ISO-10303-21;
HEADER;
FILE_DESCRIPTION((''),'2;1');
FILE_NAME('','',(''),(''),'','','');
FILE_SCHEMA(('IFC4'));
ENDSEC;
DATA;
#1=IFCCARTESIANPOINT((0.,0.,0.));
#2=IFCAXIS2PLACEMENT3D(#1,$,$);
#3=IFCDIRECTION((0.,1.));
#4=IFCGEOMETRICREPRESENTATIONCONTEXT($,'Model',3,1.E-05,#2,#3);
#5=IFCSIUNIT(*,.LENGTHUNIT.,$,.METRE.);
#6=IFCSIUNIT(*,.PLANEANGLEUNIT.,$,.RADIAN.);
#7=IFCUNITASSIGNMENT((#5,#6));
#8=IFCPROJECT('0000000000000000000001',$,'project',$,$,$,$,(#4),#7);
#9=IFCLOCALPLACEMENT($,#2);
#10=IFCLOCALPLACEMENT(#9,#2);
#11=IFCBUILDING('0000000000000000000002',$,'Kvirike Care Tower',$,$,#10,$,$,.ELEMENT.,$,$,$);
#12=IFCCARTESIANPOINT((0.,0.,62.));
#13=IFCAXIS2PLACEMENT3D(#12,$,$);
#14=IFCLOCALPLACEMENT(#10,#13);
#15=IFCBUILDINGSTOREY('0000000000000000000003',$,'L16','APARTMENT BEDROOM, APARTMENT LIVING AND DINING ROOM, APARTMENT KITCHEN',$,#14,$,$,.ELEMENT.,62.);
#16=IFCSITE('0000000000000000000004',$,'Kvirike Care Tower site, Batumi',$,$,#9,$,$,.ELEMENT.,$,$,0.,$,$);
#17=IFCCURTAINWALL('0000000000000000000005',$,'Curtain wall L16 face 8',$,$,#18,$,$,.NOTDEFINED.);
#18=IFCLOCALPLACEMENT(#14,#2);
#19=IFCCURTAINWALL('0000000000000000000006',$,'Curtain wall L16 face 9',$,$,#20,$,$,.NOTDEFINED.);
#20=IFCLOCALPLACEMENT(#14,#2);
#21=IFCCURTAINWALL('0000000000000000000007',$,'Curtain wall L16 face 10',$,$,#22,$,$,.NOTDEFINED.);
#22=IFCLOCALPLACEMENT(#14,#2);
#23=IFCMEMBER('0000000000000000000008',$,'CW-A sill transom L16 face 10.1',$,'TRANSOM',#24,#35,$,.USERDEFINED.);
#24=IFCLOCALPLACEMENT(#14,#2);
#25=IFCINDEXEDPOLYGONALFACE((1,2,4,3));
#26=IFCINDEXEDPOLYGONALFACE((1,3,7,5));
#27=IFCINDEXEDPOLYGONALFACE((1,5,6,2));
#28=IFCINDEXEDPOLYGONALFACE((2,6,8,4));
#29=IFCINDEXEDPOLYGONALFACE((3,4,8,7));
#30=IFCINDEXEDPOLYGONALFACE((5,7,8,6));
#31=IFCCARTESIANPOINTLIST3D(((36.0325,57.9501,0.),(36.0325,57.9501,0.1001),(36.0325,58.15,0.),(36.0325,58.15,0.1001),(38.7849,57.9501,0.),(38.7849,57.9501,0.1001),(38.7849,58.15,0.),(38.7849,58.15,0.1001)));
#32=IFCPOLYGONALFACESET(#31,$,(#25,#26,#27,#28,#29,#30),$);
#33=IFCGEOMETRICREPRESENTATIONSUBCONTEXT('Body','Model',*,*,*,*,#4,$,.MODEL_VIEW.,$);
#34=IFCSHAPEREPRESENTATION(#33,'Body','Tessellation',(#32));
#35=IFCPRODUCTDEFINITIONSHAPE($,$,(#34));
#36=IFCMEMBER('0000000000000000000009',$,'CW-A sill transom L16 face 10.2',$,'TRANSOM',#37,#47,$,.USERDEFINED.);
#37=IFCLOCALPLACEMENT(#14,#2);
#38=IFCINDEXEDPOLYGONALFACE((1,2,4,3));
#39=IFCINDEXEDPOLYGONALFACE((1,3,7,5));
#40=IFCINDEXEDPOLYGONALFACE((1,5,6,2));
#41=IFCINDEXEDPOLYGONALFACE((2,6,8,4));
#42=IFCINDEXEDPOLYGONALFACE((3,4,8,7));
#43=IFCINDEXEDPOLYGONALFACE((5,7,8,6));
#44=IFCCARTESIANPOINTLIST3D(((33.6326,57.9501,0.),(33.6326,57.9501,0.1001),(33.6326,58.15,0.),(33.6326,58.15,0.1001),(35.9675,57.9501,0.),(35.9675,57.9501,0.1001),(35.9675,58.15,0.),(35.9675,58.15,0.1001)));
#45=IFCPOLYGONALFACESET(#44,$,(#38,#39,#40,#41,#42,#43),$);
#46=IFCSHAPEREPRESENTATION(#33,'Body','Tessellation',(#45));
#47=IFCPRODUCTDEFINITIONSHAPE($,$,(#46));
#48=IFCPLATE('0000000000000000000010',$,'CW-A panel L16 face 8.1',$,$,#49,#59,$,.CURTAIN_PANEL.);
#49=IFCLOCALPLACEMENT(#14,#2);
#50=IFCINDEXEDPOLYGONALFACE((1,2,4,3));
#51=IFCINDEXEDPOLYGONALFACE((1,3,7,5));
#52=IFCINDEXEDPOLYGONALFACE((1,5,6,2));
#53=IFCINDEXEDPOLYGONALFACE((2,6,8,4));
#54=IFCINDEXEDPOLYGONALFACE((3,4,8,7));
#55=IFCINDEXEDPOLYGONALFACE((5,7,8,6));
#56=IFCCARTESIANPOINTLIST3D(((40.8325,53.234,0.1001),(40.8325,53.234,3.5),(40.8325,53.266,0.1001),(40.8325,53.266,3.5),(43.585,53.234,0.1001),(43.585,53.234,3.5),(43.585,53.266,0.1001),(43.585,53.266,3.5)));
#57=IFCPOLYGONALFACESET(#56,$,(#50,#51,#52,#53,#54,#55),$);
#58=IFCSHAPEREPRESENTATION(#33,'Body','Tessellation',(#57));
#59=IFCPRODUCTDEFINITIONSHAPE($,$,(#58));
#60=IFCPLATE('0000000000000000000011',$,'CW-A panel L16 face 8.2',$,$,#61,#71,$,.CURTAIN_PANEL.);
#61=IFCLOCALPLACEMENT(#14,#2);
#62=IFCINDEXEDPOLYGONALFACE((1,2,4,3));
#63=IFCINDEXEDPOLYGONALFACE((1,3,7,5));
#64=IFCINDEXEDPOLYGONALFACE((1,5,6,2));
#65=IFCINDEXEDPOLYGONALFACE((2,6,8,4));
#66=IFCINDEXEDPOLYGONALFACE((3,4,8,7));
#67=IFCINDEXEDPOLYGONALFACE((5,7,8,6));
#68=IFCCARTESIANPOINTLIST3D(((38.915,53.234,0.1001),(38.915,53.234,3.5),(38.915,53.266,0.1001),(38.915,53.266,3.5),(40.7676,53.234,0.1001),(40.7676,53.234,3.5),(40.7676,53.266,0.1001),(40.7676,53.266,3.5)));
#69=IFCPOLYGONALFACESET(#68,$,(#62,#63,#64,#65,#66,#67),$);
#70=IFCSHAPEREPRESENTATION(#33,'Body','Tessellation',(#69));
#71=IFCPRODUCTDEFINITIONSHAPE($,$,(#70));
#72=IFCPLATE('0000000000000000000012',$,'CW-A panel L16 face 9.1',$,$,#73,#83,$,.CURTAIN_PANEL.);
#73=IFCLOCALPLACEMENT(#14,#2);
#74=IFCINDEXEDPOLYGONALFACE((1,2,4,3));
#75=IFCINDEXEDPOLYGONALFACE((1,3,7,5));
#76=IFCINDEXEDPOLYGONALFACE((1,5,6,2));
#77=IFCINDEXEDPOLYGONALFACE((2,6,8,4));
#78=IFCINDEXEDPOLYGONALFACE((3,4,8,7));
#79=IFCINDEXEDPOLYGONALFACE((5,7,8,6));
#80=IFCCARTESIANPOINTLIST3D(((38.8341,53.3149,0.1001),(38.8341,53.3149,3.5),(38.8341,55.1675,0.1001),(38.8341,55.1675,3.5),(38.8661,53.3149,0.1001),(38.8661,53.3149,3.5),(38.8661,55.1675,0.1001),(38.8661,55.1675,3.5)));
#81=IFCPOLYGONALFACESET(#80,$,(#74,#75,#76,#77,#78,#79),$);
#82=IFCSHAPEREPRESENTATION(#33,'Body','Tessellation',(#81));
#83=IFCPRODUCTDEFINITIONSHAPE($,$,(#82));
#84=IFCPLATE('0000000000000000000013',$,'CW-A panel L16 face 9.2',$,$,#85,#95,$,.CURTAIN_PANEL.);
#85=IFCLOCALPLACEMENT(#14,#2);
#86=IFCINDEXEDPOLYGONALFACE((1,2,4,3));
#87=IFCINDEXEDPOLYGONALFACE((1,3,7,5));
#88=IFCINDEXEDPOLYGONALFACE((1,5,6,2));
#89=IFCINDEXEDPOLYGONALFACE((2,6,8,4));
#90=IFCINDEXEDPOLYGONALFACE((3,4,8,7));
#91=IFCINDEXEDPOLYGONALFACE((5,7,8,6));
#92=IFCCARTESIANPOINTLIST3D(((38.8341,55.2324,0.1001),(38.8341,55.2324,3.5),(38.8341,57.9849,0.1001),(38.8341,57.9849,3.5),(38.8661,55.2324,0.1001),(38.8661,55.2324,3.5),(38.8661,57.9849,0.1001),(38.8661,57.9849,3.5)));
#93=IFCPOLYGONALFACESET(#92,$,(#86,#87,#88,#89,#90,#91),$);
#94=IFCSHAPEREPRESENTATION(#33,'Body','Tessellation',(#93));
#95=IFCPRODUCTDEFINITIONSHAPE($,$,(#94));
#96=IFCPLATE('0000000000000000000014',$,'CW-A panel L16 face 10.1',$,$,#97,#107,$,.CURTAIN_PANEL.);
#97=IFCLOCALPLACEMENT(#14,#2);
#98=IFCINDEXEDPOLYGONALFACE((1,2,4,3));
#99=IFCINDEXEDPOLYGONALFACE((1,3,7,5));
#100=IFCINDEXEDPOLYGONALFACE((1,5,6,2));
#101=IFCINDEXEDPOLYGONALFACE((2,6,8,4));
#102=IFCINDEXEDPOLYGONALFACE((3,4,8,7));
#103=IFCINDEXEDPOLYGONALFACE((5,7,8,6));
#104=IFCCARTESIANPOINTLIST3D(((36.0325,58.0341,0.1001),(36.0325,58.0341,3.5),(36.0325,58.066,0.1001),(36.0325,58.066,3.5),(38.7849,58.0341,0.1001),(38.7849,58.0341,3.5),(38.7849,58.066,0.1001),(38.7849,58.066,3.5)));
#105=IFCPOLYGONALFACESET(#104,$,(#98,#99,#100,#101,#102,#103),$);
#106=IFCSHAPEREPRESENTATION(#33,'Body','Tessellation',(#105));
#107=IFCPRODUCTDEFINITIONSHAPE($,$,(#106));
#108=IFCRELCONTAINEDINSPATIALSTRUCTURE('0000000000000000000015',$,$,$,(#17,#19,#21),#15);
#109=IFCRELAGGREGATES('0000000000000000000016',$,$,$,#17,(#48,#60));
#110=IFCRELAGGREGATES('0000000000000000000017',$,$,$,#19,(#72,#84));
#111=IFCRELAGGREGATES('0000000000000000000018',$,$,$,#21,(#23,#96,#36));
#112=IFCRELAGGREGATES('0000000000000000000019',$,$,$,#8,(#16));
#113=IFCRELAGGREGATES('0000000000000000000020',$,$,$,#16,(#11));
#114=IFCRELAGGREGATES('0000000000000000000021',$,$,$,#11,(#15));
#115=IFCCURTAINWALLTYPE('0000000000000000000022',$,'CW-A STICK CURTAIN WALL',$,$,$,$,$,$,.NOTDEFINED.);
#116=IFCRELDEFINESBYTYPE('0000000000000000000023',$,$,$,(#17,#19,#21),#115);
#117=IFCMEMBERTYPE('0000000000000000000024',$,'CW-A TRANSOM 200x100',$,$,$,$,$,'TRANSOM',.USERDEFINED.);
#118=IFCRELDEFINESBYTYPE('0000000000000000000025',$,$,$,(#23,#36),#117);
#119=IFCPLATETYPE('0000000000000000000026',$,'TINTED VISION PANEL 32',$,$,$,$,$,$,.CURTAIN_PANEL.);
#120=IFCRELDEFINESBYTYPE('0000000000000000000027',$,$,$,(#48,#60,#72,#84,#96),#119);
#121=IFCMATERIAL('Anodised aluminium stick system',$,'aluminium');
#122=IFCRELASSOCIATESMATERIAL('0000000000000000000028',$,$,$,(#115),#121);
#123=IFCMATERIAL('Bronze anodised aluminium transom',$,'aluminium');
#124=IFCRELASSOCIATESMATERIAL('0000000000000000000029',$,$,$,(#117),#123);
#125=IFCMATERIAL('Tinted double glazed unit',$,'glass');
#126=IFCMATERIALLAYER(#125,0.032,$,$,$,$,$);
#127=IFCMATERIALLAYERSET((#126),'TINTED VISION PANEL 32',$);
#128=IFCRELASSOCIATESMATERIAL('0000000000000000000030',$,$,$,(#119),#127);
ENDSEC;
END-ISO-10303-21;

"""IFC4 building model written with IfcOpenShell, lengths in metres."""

from ifc_helpers import new_model, si_unit, direction, frame, origin, origin_2d, place, context, subcontext, project, spatial, rectangle, extrude, material, layer, layer_set, material_profile, profile_set, type_object, element, aggregate, save


model = new_model("IFC4")

# Units and contexts
model_context = context("Model", 3, precision=1e-05, world=origin(), true_north=direction((0.0, 1.0)))
body_context = subcontext(model_context, "Body", "Model", "MODEL_VIEW")
ifc_project = project(units=[si_unit("LENGTHUNIT", "METRE"), si_unit("PLANEANGLEUNIT", "RADIAN")], contexts=[model_context])

# Site, building, storey
site_placement = place(None, origin())
site = spatial("IfcSite", under=ifc_project, at=site_placement, Name="Kvirike Care Tower site, Batumi", CompositionType="ELEMENT", RefElevation=0.0)
building_placement = place(site_placement, origin())
building = spatial("IfcBuilding", under=site, at=building_placement, Name="Kvirike Care Tower", CompositionType="ELEMENT")
storey_placement = place(building_placement, frame((0.0, 0.0, 62.0)))
storey = spatial("IfcBuildingStorey", under=building, at=storey_placement, Name="L16", Description="APARTMENT BEDROOM, APARTMENT LIVING AND DINING ROOM, APARTMENT KITCHEN", CompositionType="ELEMENT", Elevation=62.0)

# Curtain walls
ifc_material_1 = material(Name="Anodised aluminium stick system", Category="aluminium")
curtain_wall_type = type_object("IfcCurtainWallType", Name="CW-A STICK CURTAIN WALL", PredefinedType="NOTDEFINED", material=ifc_material_1)
curtain_wall_1_placement = place(storey_placement, origin())
curtain_wall_1 = element("IfcCurtainWall", 1, at=curtain_wall_1_placement, inside=storey, type_object=curtain_wall_type, Name="Curtain wall L16 face 8", PredefinedType="NOTDEFINED")
curtain_wall_2_placement = place(storey_placement, origin())
curtain_wall_2 = element("IfcCurtainWall", 2, at=curtain_wall_2_placement, inside=storey, type_object=curtain_wall_type, Name="Curtain wall L16 face 9", PredefinedType="NOTDEFINED")

# Curtain wall
curtain_wall_3_placement = place(storey_placement, origin())
curtain_wall_3 = element("IfcCurtainWall", 3, at=curtain_wall_3_placement, inside=storey, type_object=curtain_wall_type, Name="Curtain wall L16 face 10", PredefinedType="NOTDEFINED")

# Members
ifc_material_2 = material(Name="Bronze anodised aluminium transom", Category="aluminium")
ifc_material_profile_1 = material_profile(ifc_material_2, rectangle(XDim=0.2, YDim=0.1001, at=origin_2d()), Name="CW-A TRANSOM 200x100")
ifc_profile_set_1 = profile_set([ifc_material_profile_1], Name="Bronze anodised aluminium transom")
member_type_1 = type_object("IfcMemberType", Name="CW-A TRANSOM 200x100", ElementType="TRANSOM", PredefinedType="USERDEFINED", material=ifc_profile_set_1)
member_1_placement = place(storey_placement, frame((38.7849, 58.05, 0.05), z_axis=(-1.0, 0.0, 0.0), x_axis=(0.0, -1.0, 0.0)))
member_1 = element("IfcMember", 4, at=member_1_placement, type_object=member_type_1, Name="CW-A sill transom L16 face 10.1", ObjectType="TRANSOM", PredefinedType="USERDEFINED", context=body_context, shape_type="SweptSolid", body=[
    extrude(rectangle(XDim=0.2, YDim=0.1001, at=origin_2d()), origin(), (0.0, 0.0, 1.0), 2.7524),
])
member_2_placement = place(storey_placement, frame((35.9675, 58.05, 0.05), z_axis=(-1.0, 0.0, 0.0), x_axis=(0.0, -1.0, 0.0)))
member_2 = element("IfcMember", 5, at=member_2_placement, type_object=member_type_1, Name="CW-A sill transom L16 face 10.2", ObjectType="TRANSOM", PredefinedType="USERDEFINED", context=body_context, shape_type="SweptSolid", body=[
    extrude(rectangle(XDim=0.2, YDim=0.1001, at=origin_2d()), origin(), (0.0, 0.0, 1.0), 2.335),
])

# Plates
ifc_material_3 = material(Name="Tinted double glazed unit", Category="glass")
ifc_layer = layer(ifc_material_3, 0.032)
ifc_layer_set = layer_set([ifc_layer], Name="TINTED VISION PANEL 32")
plate_type = type_object("IfcPlateType", Name="TINTED VISION PANEL 32", PredefinedType="CURTAIN_PANEL", material=ifc_layer_set)
plate_1_placement = place(storey_placement, frame((42.2087, 53.25, 0.1001), z_axis=(0.0, 0.0, 1.0), x_axis=(-1.0, 0.0, 0.0)))
plate_1 = element("IfcPlate", 6, at=plate_1_placement, type_object=plate_type, Name="CW-A panel L16 face 8.1", PredefinedType="CURTAIN_PANEL", context=body_context, shape_type="SweptSolid", body=[
    extrude(rectangle(XDim=2.7524, YDim=0.032, at=origin_2d()), origin(), (0.0, 0.0, 1.0), 3.3999),
])
plate_2_placement = place(storey_placement, frame((39.8413, 53.25, 0.1001), z_axis=(0.0, 0.0, 1.0), x_axis=(-1.0, 0.0, 0.0)))
plate_2 = element("IfcPlate", 7, at=plate_2_placement, type_object=plate_type, Name="CW-A panel L16 face 8.2", PredefinedType="CURTAIN_PANEL", context=body_context, shape_type="SweptSolid", body=[
    extrude(rectangle(XDim=1.8525, YDim=0.032, at=origin_2d()), origin(), (0.0, 0.0, 1.0), 3.3999),
])
aggregate(curtain_wall_1, [plate_1, plate_2])
plate_3_placement = place(storey_placement, frame((38.8501, 54.2412, 0.1001), z_axis=(0.0, 0.0, 1.0), x_axis=(0.0, 1.0, 0.0)))
plate_3 = element("IfcPlate", 8, at=plate_3_placement, type_object=plate_type, Name="CW-A panel L16 face 9.1", PredefinedType="CURTAIN_PANEL", context=body_context, shape_type="SweptSolid", body=[
    extrude(rectangle(XDim=1.8525, YDim=0.032, at=origin_2d()), origin(), (0.0, 0.0, 1.0), 3.3999),
])
plate_4_placement = place(storey_placement, frame((38.8501, 56.6086, 0.1001), z_axis=(0.0, 0.0, 1.0), x_axis=(0.0, 1.0, 0.0)))
plate_4 = element("IfcPlate", 9, at=plate_4_placement, type_object=plate_type, Name="CW-A panel L16 face 9.2", PredefinedType="CURTAIN_PANEL", context=body_context, shape_type="SweptSolid", body=[
    extrude(rectangle(XDim=2.7524, YDim=0.032, at=origin_2d()), origin(), (0.0, 0.0, 1.0), 3.3999),
])
aggregate(curtain_wall_2, [plate_3, plate_4])
plate_5_placement = place(storey_placement, frame((37.4087, 58.05, 0.1001), z_axis=(0.0, 0.0, 1.0), x_axis=(-1.0, 0.0, 0.0)))
plate_5 = element("IfcPlate", 10, at=plate_5_placement, type_object=plate_type, Name="CW-A panel L16 face 10.1", PredefinedType="CURTAIN_PANEL", context=body_context, shape_type="SweptSolid", body=[
    extrude(rectangle(XDim=2.7524, YDim=0.032, at=origin_2d()), origin(), (0.0, 0.0, 1.0), 3.3999),
])
aggregate(curtain_wall_3, [member_1, plate_5, member_2])

save(model, "model.ifc")
